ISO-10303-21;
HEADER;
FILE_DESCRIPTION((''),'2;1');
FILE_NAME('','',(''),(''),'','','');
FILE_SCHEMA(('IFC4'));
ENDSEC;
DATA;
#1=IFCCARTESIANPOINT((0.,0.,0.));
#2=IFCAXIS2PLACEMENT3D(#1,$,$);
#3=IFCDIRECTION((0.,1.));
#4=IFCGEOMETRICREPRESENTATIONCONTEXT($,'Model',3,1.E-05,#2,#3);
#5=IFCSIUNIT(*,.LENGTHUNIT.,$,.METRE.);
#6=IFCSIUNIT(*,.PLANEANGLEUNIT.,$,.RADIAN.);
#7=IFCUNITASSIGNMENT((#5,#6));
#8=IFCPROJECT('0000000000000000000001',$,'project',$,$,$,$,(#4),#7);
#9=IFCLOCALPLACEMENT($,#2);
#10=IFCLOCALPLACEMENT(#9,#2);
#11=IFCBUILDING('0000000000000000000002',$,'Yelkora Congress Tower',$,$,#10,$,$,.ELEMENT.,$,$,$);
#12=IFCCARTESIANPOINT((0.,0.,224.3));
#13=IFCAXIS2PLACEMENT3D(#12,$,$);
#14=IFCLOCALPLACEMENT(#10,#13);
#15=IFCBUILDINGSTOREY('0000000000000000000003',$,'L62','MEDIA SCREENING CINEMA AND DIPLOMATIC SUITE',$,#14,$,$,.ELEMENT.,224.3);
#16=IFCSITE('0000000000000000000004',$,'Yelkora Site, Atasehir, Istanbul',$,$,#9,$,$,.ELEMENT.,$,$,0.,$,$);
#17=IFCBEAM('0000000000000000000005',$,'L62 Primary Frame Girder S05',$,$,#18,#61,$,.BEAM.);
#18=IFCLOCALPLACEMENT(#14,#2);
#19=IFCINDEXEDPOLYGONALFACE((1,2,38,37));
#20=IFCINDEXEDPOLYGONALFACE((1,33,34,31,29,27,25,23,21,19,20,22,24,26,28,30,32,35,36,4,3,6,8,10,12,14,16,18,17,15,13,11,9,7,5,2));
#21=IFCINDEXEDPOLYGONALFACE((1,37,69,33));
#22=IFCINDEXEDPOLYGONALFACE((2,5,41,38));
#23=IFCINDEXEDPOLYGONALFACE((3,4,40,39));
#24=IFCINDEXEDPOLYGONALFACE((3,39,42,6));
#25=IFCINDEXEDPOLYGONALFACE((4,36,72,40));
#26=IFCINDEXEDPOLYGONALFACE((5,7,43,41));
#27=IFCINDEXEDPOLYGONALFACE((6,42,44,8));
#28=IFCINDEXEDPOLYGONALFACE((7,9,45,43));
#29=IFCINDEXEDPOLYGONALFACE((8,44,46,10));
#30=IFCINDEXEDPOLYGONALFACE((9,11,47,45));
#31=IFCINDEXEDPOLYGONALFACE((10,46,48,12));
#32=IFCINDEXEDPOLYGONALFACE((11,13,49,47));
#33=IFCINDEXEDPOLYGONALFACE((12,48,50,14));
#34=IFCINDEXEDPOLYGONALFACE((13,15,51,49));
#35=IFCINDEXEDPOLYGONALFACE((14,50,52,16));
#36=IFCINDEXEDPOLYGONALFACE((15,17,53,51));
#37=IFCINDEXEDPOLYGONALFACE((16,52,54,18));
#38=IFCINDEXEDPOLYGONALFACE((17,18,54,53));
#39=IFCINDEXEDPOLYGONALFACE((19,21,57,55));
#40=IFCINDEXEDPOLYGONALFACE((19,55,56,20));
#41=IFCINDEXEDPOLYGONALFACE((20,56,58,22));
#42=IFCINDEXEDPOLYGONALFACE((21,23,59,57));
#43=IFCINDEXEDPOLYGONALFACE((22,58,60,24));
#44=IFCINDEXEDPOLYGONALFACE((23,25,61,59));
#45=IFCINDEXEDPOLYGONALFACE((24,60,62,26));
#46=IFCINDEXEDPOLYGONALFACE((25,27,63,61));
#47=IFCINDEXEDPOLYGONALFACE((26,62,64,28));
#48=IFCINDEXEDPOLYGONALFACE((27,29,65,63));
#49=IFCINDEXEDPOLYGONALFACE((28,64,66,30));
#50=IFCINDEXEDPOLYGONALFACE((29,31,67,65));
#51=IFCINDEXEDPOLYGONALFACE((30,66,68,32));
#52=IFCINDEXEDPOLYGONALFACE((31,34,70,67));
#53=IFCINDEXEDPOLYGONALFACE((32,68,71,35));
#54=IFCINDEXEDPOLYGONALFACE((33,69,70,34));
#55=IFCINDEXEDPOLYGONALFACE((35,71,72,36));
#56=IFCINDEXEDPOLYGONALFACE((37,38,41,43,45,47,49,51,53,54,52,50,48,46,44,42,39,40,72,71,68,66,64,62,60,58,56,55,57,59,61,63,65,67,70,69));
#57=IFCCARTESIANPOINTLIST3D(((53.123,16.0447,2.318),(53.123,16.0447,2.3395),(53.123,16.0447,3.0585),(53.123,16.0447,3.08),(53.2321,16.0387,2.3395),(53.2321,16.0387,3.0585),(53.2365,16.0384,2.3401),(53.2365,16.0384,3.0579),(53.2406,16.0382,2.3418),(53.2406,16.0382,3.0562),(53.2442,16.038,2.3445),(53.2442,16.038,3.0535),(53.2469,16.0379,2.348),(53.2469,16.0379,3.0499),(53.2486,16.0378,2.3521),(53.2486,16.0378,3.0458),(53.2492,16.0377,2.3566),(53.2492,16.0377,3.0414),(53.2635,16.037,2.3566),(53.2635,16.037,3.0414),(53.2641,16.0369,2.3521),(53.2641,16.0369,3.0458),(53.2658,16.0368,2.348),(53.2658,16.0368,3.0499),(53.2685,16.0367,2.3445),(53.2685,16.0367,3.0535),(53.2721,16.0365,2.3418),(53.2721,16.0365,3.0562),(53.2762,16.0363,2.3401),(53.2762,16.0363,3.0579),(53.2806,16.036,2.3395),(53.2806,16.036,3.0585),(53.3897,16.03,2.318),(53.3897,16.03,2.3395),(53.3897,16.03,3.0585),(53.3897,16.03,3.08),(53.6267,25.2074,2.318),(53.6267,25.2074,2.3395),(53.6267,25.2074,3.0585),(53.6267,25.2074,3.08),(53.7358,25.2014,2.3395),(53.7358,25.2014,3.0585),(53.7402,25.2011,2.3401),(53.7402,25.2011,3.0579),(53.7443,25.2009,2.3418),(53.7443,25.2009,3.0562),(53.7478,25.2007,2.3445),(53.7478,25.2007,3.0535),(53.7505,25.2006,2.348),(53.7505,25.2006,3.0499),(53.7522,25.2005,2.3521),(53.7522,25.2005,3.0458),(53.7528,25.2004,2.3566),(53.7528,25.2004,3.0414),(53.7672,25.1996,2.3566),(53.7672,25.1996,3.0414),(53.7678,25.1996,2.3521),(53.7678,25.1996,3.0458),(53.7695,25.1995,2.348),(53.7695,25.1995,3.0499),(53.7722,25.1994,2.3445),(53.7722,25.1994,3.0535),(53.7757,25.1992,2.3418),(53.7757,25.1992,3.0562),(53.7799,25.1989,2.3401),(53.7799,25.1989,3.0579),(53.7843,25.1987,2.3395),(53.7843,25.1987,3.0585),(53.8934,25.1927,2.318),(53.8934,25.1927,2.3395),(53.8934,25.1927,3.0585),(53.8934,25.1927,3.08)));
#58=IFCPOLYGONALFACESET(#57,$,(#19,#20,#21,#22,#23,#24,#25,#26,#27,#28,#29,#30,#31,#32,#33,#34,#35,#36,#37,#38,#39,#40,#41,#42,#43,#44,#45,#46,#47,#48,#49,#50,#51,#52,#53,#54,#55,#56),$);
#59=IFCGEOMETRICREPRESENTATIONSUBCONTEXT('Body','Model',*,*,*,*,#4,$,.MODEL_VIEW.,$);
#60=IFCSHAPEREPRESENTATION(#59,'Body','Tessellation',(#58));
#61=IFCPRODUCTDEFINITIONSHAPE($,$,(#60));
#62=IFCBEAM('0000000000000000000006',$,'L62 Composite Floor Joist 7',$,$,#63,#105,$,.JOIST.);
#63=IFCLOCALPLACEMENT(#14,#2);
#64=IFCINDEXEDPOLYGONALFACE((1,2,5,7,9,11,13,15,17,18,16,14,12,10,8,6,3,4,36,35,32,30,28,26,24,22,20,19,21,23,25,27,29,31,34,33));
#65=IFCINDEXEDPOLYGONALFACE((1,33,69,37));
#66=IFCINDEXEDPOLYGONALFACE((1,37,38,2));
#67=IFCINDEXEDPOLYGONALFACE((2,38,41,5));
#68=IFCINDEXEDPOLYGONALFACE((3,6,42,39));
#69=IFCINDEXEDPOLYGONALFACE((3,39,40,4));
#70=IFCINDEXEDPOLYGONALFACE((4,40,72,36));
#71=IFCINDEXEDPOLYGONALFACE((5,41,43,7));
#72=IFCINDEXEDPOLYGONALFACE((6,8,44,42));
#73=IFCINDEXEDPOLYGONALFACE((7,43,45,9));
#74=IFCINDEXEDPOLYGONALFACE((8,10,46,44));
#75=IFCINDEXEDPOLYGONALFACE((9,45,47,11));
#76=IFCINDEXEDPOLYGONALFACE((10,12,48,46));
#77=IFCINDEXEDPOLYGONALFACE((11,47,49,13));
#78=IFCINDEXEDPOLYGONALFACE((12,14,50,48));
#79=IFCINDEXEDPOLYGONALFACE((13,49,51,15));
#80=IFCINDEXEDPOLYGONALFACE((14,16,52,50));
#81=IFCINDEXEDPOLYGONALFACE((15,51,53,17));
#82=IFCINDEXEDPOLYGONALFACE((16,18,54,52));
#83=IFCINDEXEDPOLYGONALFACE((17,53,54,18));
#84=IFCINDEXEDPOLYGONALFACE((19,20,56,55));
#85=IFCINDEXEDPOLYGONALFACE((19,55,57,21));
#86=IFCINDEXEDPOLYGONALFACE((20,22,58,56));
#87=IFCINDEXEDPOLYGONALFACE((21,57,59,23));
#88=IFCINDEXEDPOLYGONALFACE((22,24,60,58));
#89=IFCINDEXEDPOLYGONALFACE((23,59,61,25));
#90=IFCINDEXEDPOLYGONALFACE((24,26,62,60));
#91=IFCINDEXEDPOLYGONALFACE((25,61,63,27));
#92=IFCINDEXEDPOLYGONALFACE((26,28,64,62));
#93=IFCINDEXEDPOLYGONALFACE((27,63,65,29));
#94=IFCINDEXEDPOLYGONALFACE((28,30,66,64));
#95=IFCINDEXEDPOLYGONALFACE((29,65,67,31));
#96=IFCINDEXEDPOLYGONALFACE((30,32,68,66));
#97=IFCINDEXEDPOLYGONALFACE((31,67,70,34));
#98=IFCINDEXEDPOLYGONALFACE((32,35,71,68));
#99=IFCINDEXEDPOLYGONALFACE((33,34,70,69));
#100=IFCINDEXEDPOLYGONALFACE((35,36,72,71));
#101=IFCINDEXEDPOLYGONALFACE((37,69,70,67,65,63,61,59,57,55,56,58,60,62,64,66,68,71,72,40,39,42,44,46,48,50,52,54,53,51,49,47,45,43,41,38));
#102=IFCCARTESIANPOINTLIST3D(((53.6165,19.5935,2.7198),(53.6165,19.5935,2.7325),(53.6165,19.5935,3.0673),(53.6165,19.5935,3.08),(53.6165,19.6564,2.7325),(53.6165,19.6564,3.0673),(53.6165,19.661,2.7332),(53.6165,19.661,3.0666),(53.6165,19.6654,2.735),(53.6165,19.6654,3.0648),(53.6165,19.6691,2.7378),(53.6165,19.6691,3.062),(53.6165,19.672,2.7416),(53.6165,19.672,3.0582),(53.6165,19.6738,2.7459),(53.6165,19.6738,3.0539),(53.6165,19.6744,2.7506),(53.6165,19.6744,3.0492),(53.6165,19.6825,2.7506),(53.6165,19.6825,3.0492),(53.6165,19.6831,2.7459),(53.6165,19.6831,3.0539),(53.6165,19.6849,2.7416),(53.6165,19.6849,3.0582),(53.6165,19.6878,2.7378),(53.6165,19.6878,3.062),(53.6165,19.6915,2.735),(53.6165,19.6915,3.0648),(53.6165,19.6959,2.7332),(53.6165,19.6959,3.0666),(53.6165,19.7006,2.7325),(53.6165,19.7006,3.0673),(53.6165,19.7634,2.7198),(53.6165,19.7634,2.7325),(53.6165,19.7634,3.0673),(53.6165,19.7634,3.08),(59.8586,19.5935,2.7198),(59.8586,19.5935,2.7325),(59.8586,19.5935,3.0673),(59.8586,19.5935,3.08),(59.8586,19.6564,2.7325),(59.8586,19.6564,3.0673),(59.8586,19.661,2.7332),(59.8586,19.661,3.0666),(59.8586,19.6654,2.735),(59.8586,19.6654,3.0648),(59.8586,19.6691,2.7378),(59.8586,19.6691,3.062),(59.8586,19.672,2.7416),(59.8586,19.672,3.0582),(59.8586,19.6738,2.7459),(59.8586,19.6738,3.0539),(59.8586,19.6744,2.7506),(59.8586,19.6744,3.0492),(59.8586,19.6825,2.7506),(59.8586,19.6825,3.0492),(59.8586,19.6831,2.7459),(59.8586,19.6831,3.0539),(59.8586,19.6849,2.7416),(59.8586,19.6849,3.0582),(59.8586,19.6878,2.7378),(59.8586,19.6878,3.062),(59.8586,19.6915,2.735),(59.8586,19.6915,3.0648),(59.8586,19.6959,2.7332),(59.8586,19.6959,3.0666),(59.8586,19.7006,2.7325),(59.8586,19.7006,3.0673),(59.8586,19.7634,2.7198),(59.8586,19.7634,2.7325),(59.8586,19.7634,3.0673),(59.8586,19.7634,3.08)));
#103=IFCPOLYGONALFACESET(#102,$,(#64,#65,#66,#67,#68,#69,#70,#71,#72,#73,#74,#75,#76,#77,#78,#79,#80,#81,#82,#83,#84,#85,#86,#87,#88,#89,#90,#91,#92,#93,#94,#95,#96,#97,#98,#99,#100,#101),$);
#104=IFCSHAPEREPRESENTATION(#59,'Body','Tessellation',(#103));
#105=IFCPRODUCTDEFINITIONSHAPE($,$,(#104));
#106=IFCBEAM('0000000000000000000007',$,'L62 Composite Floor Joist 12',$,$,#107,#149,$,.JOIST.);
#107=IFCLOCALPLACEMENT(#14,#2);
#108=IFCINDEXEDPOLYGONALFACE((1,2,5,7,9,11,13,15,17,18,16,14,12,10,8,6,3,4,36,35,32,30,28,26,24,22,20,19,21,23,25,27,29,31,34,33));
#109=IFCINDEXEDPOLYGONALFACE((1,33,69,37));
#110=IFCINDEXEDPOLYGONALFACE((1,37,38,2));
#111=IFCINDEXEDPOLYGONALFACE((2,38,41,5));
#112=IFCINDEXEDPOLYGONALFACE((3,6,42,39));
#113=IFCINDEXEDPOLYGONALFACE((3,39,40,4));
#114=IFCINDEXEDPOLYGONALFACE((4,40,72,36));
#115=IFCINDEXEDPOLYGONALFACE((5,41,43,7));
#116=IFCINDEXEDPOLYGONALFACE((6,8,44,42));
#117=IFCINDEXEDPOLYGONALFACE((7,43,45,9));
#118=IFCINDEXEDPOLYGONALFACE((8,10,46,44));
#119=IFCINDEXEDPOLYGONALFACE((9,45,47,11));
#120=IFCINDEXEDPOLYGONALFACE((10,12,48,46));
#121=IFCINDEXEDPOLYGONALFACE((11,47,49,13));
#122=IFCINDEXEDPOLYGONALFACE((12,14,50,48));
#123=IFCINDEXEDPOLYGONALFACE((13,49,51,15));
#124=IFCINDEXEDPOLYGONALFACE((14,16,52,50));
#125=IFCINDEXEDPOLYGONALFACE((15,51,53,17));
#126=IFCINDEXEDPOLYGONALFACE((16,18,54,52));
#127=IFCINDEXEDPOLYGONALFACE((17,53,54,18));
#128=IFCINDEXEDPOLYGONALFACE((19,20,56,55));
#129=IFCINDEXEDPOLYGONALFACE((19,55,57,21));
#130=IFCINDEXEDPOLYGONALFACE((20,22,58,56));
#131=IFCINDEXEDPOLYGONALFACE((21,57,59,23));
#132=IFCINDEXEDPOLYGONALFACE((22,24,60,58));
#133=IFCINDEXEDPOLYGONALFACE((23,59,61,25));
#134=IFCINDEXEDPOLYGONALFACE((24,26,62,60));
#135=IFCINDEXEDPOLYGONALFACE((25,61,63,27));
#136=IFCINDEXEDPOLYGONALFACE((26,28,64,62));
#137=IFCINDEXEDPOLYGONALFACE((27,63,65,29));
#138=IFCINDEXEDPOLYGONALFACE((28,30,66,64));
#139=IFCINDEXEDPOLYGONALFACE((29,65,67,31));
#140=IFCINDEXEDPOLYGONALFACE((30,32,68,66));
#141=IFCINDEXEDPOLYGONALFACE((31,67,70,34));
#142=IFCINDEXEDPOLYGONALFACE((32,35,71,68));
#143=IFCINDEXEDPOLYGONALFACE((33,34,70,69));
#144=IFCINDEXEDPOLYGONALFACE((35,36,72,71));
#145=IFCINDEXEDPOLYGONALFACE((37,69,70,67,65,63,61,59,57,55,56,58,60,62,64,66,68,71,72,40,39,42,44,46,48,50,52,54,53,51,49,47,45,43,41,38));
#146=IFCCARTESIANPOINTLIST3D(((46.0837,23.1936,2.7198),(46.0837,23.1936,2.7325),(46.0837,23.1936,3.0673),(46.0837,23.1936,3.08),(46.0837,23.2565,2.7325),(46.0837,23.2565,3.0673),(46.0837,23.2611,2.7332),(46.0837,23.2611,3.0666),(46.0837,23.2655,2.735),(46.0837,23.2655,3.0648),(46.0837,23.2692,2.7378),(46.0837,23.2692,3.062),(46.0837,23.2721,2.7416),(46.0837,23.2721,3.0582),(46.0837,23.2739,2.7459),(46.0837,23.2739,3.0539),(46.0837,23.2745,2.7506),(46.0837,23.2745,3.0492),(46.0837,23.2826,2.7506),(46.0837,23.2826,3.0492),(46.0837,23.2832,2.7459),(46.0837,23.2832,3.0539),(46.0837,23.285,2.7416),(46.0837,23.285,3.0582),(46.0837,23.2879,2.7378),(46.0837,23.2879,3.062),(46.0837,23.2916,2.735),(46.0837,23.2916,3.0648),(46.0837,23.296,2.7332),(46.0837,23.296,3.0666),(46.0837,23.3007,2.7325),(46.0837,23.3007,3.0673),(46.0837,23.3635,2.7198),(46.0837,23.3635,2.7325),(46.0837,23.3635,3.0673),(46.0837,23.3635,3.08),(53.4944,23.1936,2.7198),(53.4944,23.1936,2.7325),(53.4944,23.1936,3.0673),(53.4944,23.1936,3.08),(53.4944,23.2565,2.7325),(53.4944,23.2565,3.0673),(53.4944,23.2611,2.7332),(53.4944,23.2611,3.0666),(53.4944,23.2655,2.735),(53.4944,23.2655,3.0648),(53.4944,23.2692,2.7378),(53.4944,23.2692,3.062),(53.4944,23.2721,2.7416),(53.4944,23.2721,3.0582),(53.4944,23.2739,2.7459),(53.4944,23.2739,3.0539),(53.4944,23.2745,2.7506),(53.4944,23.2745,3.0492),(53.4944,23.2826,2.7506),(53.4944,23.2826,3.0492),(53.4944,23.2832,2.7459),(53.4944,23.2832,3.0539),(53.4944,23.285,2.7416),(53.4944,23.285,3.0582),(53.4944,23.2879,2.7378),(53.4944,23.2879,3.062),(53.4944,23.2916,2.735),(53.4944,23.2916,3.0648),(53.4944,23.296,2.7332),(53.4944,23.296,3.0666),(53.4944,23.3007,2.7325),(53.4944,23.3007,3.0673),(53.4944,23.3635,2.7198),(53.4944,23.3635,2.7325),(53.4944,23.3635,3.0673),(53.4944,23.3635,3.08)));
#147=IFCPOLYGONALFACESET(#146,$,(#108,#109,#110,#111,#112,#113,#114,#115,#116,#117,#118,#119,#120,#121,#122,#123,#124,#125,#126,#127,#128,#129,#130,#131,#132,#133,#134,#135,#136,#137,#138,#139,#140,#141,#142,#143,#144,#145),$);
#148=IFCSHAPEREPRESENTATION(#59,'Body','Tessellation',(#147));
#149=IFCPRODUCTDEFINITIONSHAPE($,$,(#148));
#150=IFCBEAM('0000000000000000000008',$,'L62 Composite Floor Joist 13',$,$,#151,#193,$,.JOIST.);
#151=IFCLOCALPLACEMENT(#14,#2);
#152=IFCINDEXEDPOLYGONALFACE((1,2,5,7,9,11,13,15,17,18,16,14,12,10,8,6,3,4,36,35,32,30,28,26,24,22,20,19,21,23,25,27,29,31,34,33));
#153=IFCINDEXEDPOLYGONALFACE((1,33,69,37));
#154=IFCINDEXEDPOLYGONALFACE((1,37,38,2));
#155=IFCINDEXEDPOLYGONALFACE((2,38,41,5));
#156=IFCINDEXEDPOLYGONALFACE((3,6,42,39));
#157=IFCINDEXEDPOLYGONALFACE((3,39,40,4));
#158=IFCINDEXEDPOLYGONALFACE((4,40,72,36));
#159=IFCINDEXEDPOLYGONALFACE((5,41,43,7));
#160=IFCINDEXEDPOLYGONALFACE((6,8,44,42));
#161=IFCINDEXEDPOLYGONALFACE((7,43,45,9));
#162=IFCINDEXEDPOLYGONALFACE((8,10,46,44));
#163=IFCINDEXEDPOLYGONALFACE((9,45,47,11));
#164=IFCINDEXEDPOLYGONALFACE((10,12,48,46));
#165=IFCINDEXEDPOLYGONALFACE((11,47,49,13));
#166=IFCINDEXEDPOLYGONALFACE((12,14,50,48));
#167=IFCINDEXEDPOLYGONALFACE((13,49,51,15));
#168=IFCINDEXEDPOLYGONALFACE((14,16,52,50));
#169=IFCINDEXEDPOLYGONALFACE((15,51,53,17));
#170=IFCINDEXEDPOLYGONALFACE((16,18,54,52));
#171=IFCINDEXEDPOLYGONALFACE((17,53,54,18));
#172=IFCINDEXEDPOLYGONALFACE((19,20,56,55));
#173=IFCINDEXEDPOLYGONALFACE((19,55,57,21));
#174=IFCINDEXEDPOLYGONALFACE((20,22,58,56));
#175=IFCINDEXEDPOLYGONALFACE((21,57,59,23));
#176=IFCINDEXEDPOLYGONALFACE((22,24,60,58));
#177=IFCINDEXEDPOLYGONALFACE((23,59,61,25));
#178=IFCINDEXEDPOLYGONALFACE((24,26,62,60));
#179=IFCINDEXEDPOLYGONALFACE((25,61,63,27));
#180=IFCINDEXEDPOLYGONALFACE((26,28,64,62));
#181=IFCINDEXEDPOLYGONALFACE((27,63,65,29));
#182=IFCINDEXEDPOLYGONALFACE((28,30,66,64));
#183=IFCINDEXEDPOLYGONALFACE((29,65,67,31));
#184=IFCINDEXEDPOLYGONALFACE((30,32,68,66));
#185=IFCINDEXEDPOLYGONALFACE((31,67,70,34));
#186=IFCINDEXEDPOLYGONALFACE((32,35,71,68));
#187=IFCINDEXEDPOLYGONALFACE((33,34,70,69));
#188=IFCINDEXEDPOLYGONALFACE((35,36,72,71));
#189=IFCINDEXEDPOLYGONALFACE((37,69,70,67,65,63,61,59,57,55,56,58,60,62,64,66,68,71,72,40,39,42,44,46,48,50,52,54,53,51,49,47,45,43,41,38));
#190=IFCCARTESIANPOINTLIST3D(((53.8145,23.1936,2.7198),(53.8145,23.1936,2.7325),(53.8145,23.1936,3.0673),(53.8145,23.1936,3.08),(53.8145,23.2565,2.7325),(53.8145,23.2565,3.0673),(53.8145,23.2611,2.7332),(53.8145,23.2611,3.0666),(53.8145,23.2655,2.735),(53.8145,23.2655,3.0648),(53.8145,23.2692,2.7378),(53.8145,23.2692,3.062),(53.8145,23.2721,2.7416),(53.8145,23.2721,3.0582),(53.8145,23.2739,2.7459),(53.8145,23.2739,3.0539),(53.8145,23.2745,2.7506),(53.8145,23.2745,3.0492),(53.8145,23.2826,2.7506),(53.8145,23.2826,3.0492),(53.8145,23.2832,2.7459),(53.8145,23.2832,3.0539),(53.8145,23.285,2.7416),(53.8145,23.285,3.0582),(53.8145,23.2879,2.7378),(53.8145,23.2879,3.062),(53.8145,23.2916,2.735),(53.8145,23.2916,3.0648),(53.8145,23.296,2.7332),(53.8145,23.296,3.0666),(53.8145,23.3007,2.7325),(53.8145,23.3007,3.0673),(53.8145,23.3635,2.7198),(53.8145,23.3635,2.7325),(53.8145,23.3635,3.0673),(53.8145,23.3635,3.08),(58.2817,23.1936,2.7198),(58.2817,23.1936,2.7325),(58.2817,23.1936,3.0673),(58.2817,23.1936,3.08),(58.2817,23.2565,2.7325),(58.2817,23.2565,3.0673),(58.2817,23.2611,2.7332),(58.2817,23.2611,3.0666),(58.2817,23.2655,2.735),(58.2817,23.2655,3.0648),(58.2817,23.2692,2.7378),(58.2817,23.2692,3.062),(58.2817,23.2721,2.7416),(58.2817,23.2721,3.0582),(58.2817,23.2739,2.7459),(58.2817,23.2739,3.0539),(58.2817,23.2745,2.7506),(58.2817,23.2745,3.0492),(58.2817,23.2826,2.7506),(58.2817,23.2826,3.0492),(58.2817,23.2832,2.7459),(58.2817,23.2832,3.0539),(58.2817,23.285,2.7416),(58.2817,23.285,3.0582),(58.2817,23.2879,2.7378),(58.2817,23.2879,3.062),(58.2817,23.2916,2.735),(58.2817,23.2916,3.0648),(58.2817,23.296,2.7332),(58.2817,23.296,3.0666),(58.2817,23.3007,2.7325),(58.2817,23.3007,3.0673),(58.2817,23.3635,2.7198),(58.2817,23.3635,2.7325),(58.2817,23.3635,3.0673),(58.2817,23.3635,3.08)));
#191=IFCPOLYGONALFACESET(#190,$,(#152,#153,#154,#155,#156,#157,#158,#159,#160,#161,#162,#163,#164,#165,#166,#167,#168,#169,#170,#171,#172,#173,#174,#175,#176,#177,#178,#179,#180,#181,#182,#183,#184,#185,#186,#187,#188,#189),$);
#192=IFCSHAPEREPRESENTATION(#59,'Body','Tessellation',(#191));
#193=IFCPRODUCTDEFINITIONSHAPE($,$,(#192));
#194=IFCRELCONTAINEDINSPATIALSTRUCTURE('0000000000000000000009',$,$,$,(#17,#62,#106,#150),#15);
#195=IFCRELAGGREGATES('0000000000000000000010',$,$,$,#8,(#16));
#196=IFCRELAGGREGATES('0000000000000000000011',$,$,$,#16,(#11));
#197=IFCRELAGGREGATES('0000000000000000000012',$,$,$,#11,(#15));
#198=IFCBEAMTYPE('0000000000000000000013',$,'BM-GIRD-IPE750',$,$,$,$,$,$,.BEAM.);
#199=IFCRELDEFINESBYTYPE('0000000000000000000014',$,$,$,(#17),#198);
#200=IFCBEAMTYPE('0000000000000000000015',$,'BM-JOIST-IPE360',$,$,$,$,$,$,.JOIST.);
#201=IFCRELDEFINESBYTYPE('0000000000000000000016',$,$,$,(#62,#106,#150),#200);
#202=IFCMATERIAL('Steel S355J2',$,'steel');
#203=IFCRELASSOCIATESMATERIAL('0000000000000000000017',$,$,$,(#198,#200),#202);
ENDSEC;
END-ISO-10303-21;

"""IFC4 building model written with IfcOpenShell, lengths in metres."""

from ifc_helpers import new_model, si_unit, direction, frame, origin, origin_2d, place, context, subcontext, project, spatial, i_section, extrude, material, material_profile, profile_set, type_object, element, save


model = new_model("IFC4")

# Units and contexts
model_context = context("Model", 3, precision=1e-05, world=origin(), true_north=direction((0.0, 1.0)))
body_context = subcontext(model_context, "Body", "Model", "MODEL_VIEW")
ifc_project = project(units=[si_unit("LENGTHUNIT", "METRE"), si_unit("PLANEANGLEUNIT", "RADIAN")], contexts=[model_context])

# Site, building, storey
site_placement = place(None, origin())
site = spatial("IfcSite", under=ifc_project, at=site_placement, Name="Yelkora Site, Atasehir, Istanbul", CompositionType="ELEMENT", RefElevation=0.0)
building_placement = place(site_placement, origin())
building = spatial("IfcBuilding", under=site, at=building_placement, Name="Yelkora Congress Tower", CompositionType="ELEMENT")
storey_placement = place(building_placement, frame((0.0, 0.0, 224.3)))
storey = spatial("IfcBuildingStorey", under=building, at=storey_placement, Name="L62", Description="MEDIA SCREENING CINEMA AND DIPLOMATIC SUITE", CompositionType="ELEMENT", Elevation=224.3)

# Shared definitions
ifc_material_1 = material(Name="Steel S355J2", Category="steel")

# Beams
ifc_material_profile_1 = material_profile(ifc_material_1, i_section(OverallWidth=0.2671, OverallDepth=0.762, WebThickness=0.0144, FlangeThickness=0.0215, FilletRadius=0.0171, at=origin_2d()), Name="IPE 750x173")
ifc_profile_set_1 = profile_set([ifc_material_profile_1], Name="Steel S355J2")
beam_type_1 = type_object("IfcBeamType", Name="BM-GIRD-IPE750", PredefinedType="BEAM", material=ifc_profile_set_1)
beam_1_placement = place(storey_placement, frame((53.2563, 16.0374, 2.699), z_axis=(0.054886, 0.998493, 0.0), x_axis=(-0.998493, 0.054886, 0.0)))
element("IfcBeam", 1, at=beam_1_placement, inside=storey, type_object=beam_type_1, Name="L62 Primary Frame Girder S05", PredefinedType="BEAM", context=body_context, shape_type="SweptSolid", body=[
    extrude(i_section(OverallWidth=0.2671, OverallDepth=0.762, WebThickness=0.0144, FlangeThickness=0.0215, FilletRadius=0.0171, at=origin_2d()), origin(), (0.0, 0.0, 1.0), 9.1765),
])
ifc_material_profile_2 = material_profile(ifc_material_1, i_section(OverallWidth=0.1699, OverallDepth=0.3601, WebThickness=0.0081, FlangeThickness=0.0127, FilletRadius=0.0181, at=origin_2d()), Name="IPE 360")
ifc_profile_set_2 = profile_set([ifc_material_profile_2], Name="Steel S355J2")
beam_type_2 = type_object("IfcBeamType", Name="BM-JOIST-IPE360", PredefinedType="JOIST", material=ifc_profile_set_2)
beam_2_placement = place(storey_placement, frame((53.6165, 19.6785, 2.8999), z_axis=(1.0, 0.0, 0.0), x_axis=(0.0, 1.0, 0.0)))
element("IfcBeam", 2, at=beam_2_placement, inside=storey, type_object=beam_type_2, Name="L62 Composite Floor Joist 7", PredefinedType="JOIST", context=body_context, shape_type="SweptSolid", body=[
    extrude(i_section(OverallWidth=0.1699, OverallDepth=0.3601, WebThickness=0.0081, FlangeThickness=0.0127, FilletRadius=0.0181, at=origin_2d()), origin(), (0.0, 0.0, 1.0), 6.2422),
])
beam_3_placement = place(storey_placement, frame((46.0837, 23.2786, 2.8999), z_axis=(1.0, 0.0, 0.0), x_axis=(0.0, 1.0, 0.0)))
element("IfcBeam", 3, at=beam_3_placement, inside=storey, type_object=beam_type_2, Name="L62 Composite Floor Joist 12", PredefinedType="JOIST", context=body_context, shape_type="SweptSolid", body=[
    extrude(i_section(OverallWidth=0.1699, OverallDepth=0.3601, WebThickness=0.0081, FlangeThickness=0.0127, FilletRadius=0.0181, at=origin_2d()), origin(), (0.0, 0.0, 1.0), 7.4106),
])
beam_4_placement = place(storey_placement, frame((53.8145, 23.2786, 2.8999), z_axis=(1.0, 0.0, 0.0), x_axis=(0.0, 1.0, 0.0)))
element("IfcBeam", 4, at=beam_4_placement, inside=storey, type_object=beam_type_2, Name="L62 Composite Floor Joist 13", PredefinedType="JOIST", context=body_context, shape_type="SweptSolid", body=[
    extrude(i_section(OverallWidth=0.1699, OverallDepth=0.3601, WebThickness=0.0081, FlangeThickness=0.0127, FilletRadius=0.0181, at=origin_2d()), origin(), (0.0, 0.0, 1.0), 4.4673),
])

save(model, "model.ifc")
